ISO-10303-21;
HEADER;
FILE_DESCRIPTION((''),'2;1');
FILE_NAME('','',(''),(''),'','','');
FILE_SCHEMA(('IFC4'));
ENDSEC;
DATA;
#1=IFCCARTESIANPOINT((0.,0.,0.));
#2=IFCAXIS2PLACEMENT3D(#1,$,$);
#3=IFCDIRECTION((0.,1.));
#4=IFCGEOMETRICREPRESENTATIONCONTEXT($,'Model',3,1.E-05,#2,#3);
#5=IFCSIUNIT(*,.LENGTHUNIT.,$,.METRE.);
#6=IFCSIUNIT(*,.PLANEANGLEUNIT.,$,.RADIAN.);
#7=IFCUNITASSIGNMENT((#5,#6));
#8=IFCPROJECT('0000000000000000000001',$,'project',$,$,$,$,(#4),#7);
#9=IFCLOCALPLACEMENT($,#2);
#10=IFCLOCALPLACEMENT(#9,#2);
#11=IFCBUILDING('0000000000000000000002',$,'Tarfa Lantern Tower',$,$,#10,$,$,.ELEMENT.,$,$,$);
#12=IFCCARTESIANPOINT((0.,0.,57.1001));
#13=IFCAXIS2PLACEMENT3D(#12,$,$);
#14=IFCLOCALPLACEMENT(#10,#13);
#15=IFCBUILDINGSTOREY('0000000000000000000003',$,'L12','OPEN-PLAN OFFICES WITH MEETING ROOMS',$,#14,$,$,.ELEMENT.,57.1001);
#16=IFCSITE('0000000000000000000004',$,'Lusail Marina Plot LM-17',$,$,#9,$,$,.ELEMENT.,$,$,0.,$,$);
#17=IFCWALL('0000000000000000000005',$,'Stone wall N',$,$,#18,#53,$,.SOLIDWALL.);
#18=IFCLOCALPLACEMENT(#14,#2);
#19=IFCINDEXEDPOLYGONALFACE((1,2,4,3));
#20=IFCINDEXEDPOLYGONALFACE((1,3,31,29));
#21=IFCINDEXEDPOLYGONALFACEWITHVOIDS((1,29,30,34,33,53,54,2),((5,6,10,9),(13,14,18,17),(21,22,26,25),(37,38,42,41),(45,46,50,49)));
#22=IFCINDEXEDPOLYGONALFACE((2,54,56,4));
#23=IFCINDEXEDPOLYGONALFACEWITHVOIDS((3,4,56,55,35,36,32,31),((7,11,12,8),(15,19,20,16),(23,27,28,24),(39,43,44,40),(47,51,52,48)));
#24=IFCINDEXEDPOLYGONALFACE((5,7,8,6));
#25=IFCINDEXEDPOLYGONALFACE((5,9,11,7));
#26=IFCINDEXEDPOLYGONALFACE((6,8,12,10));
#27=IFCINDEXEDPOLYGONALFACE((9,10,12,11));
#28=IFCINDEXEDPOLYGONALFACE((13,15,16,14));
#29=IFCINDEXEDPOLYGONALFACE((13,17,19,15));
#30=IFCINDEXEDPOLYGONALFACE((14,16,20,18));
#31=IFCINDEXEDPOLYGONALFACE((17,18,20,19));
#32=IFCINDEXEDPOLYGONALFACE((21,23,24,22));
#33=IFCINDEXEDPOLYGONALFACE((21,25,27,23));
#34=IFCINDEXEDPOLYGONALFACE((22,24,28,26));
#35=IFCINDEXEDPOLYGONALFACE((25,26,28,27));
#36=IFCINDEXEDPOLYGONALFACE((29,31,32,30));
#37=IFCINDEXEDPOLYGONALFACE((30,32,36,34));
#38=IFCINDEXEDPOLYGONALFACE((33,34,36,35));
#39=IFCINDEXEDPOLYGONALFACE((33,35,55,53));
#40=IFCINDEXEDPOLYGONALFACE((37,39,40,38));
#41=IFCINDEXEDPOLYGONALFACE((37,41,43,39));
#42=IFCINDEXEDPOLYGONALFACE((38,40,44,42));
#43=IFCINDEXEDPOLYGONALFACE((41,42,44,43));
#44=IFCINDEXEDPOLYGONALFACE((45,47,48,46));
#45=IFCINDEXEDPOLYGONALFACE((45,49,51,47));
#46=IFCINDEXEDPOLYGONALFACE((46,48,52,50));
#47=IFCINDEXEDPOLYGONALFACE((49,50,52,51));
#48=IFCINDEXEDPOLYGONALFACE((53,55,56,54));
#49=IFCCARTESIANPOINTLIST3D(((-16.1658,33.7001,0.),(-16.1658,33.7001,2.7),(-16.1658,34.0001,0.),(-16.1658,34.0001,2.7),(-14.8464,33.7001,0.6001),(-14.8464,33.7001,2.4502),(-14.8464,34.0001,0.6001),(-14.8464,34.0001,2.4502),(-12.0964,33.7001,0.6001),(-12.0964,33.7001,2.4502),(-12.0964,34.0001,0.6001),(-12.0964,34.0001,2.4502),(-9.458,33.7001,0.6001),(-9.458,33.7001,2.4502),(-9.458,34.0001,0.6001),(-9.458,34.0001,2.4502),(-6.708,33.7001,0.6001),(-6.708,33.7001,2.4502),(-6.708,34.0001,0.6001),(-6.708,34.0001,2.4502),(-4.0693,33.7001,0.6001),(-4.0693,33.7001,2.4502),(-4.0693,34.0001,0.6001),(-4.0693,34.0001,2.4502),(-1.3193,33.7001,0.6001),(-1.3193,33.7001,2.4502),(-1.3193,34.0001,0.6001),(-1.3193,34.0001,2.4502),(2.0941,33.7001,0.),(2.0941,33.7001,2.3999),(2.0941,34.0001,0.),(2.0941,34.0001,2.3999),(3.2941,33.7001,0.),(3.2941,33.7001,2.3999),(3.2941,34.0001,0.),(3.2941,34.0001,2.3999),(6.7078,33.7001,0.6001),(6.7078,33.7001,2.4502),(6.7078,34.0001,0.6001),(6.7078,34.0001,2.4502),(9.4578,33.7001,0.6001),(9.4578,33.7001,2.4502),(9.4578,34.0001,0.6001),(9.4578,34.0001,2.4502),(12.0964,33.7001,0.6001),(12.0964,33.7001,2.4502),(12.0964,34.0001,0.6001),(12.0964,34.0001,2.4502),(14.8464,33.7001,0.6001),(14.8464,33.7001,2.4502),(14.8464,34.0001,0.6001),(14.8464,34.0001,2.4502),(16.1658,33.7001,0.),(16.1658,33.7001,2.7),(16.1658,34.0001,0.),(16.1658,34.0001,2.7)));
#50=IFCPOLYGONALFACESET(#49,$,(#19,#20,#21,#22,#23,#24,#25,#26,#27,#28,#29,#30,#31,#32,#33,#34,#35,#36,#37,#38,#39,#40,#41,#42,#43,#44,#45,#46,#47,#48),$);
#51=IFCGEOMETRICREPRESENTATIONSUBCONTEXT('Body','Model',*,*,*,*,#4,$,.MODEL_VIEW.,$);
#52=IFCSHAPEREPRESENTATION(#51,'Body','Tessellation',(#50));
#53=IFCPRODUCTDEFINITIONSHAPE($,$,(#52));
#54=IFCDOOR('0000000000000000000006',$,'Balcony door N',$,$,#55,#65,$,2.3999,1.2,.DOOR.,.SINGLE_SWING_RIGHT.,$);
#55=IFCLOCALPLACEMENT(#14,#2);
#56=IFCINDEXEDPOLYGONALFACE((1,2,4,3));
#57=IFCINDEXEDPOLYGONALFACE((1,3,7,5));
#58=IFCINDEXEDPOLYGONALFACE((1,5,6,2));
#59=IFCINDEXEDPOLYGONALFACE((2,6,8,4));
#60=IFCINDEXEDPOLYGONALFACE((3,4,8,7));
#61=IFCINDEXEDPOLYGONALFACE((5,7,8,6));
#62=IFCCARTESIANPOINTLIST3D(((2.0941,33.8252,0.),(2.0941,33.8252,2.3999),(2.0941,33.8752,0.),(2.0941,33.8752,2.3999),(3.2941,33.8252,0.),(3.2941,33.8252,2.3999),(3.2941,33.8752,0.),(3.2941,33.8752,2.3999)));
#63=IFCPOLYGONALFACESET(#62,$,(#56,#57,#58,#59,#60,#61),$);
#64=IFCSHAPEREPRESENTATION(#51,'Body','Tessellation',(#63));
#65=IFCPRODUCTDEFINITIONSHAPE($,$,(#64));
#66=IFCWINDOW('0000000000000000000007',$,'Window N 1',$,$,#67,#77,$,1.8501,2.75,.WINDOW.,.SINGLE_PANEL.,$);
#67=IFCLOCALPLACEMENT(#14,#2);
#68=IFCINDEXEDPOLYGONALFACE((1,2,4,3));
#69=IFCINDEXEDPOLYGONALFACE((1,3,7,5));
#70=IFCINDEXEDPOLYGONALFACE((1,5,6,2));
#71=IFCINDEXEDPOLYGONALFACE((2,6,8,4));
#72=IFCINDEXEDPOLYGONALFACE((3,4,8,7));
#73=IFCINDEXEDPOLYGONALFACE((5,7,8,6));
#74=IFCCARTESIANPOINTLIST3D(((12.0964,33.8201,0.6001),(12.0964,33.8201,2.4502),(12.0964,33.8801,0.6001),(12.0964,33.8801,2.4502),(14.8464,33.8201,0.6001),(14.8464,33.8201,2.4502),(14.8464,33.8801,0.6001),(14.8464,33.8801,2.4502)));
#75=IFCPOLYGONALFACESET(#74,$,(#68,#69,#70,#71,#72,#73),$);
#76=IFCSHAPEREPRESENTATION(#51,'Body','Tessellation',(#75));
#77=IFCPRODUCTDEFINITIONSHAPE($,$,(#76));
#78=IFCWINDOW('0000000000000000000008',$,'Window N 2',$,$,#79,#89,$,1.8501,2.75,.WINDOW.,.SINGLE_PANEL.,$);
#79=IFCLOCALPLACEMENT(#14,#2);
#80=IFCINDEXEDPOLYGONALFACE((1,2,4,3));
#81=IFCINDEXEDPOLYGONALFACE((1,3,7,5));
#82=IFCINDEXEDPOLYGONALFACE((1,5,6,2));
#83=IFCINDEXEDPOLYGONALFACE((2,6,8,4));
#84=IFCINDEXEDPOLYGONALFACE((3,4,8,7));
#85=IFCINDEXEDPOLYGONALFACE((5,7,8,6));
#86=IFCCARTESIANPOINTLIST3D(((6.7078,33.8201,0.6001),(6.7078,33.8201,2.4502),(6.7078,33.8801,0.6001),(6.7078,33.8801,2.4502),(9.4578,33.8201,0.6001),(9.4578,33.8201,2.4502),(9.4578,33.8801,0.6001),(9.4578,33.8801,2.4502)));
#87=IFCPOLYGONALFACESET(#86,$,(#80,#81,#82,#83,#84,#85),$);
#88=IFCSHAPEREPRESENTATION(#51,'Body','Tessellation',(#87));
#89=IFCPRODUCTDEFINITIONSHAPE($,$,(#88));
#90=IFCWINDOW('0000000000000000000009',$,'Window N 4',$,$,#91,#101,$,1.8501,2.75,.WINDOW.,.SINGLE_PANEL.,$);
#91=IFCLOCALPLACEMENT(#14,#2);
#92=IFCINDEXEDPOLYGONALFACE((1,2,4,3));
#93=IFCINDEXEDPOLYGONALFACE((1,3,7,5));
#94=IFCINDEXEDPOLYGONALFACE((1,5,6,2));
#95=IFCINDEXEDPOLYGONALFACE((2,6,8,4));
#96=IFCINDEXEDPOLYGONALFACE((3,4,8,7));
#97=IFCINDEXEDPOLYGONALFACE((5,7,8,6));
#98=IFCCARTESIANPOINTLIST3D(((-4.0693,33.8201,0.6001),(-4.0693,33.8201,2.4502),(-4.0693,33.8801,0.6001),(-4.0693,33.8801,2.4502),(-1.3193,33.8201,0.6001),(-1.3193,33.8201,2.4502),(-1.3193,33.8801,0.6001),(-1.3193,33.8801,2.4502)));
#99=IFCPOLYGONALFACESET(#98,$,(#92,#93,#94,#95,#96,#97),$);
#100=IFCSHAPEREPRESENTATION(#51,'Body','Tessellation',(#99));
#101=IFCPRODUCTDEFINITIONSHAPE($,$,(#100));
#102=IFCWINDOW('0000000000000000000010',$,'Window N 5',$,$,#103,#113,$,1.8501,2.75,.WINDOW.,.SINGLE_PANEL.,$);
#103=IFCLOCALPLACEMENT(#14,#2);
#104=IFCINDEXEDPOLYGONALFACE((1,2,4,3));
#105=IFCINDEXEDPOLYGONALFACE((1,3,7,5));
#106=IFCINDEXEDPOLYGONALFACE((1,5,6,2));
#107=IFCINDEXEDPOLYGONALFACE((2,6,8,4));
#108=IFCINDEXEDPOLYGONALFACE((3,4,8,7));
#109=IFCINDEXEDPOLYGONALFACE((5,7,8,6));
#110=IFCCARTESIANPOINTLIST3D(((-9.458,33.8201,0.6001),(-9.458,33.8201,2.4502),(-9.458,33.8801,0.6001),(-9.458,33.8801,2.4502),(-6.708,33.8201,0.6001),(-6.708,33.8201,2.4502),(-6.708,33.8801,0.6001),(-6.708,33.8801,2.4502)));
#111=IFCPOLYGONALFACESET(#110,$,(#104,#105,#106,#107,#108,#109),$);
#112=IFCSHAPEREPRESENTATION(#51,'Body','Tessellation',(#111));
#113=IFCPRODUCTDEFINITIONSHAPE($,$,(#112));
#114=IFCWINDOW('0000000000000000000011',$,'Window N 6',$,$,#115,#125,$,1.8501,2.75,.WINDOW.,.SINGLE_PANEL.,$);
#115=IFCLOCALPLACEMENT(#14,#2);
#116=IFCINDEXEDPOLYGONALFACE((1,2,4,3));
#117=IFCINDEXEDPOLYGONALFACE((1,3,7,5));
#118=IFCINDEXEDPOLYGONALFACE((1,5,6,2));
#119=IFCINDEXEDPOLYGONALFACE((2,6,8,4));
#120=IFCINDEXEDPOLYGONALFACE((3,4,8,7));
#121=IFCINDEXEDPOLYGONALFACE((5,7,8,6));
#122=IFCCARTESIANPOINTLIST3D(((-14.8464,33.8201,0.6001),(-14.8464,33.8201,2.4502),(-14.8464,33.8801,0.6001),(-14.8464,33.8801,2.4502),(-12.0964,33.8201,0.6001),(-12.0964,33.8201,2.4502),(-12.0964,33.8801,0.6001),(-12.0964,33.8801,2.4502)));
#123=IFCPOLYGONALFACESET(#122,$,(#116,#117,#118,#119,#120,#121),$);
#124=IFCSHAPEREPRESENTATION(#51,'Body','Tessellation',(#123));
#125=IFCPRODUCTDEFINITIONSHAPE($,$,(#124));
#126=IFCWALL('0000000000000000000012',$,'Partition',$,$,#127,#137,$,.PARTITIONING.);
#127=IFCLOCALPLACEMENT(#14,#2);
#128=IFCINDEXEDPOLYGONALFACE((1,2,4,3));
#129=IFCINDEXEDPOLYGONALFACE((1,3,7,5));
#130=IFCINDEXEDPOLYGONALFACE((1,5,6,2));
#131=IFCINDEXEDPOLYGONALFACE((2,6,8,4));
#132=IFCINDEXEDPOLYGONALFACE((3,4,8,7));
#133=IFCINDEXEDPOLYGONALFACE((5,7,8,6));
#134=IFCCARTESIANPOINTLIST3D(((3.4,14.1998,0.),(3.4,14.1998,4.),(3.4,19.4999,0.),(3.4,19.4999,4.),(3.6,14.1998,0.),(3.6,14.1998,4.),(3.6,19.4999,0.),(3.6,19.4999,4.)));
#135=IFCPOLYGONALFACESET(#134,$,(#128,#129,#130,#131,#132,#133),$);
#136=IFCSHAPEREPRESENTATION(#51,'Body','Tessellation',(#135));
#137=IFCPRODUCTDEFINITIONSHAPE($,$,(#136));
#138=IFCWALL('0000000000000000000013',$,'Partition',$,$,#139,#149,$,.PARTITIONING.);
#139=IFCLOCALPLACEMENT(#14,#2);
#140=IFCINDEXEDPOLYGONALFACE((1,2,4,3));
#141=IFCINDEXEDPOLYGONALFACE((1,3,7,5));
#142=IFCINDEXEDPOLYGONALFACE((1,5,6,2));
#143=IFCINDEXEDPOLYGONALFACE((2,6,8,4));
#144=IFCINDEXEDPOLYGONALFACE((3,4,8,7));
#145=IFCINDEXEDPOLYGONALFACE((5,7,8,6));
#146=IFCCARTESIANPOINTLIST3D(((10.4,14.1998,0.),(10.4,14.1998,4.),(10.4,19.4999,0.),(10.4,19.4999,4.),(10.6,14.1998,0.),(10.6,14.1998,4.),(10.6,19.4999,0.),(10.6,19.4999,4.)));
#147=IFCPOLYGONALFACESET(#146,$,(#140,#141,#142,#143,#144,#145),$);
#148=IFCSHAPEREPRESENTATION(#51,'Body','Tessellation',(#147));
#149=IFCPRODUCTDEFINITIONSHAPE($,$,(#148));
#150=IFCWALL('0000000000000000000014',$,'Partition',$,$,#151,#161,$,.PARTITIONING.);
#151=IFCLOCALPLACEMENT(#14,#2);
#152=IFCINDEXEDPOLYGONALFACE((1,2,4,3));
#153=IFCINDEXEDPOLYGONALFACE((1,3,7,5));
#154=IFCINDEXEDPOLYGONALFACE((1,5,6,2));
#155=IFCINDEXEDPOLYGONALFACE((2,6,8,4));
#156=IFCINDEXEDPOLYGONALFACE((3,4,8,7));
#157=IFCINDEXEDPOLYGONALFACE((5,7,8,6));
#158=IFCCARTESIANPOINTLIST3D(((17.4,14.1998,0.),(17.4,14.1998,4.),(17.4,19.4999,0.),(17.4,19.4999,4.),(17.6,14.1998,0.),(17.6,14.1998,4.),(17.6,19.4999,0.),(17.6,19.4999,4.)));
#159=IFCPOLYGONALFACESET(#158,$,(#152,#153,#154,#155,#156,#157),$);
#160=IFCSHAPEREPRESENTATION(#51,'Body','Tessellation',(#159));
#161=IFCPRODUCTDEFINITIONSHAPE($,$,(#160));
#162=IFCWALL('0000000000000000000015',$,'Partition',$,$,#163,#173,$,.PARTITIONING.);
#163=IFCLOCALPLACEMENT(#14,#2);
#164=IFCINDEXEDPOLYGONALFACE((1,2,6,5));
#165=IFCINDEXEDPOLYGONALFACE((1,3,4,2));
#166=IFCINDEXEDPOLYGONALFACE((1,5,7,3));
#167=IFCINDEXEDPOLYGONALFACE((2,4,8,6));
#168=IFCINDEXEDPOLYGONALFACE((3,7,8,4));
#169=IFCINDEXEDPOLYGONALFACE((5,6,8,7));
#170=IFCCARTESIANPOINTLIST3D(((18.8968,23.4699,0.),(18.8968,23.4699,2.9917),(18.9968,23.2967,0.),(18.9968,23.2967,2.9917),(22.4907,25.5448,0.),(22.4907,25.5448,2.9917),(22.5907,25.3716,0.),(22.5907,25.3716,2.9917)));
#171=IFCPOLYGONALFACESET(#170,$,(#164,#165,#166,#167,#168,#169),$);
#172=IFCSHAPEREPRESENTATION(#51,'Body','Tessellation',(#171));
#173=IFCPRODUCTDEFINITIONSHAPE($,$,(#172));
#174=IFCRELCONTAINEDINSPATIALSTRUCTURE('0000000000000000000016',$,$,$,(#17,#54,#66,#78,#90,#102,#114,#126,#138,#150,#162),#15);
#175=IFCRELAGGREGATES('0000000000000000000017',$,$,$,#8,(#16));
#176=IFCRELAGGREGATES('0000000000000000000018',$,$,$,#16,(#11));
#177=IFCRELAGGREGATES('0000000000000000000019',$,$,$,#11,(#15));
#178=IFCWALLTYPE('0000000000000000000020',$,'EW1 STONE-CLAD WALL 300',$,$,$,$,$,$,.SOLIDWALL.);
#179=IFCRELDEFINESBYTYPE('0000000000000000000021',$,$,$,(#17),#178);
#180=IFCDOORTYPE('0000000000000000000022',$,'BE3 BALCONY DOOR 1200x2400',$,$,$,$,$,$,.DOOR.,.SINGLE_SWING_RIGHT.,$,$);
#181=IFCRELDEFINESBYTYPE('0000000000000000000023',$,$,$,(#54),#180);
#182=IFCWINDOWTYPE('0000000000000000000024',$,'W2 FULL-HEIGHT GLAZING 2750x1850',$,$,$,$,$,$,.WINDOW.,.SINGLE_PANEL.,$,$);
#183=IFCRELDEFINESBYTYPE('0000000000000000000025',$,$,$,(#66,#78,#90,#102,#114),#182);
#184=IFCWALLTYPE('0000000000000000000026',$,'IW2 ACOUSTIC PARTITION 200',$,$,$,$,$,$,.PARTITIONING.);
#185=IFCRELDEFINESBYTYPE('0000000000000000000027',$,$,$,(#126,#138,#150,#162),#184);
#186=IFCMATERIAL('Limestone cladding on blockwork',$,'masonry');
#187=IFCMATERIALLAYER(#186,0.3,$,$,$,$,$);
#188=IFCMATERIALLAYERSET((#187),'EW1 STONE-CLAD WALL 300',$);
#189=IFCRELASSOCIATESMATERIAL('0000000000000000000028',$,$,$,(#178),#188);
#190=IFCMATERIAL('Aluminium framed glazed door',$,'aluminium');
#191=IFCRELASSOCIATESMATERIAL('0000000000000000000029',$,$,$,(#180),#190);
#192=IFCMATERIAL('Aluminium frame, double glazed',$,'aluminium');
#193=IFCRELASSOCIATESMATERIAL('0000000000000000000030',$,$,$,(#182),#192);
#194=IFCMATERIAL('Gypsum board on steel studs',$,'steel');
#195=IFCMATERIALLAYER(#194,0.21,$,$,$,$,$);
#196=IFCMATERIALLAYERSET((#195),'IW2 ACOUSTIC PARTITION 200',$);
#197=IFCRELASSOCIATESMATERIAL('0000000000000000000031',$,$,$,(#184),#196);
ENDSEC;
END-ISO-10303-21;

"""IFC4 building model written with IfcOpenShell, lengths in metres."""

from ifc_helpers import new_model, si_unit, direction, frame, frame_2d, origin, place, context, subcontext, project, spatial, rectangle, extrude, material, layer, layer_set, type_object, element, fill, save


model = new_model("IFC4")

# Units and contexts
model_context = context("Model", 3, precision=1e-05, world=origin(), true_north=direction((0.0, 1.0)))
body_context = subcontext(model_context, "Body", "Model", "MODEL_VIEW")
ifc_project = project(units=[si_unit("LENGTHUNIT", "METRE"), si_unit("PLANEANGLEUNIT", "RADIAN")], contexts=[model_context])

# Site, building, storey
site_placement = place(None, origin())
site = spatial("IfcSite", under=ifc_project, at=site_placement, Name="Lusail Marina Plot LM-17", CompositionType="ELEMENT", RefElevation=0.0)
building_placement = place(site_placement, origin())
building = spatial("IfcBuilding", under=site, at=building_placement, Name="Tarfa Lantern Tower", CompositionType="ELEMENT")
storey_placement = place(building_placement, frame((0.0, 0.0, 57.1001)))
storey = spatial("IfcBuildingStorey", under=building, at=storey_placement, Name="L12", Description="OPEN-PLAN OFFICES WITH MEETING ROOMS", CompositionType="ELEMENT", Elevation=57.1001)

# Wall, openings, door, windows
ifc_material_1 = material(Name="Limestone cladding on blockwork", Category="masonry")
ifc_layer_1 = layer(ifc_material_1, 0.3)
ifc_layer_set_1 = layer_set([ifc_layer_1], Name="EW1 STONE-CLAD WALL 300")
wall_type_1 = type_object("IfcWallType", Name="EW1 STONE-CLAD WALL 300", PredefinedType="SOLIDWALL", material=ifc_layer_set_1)
wall_1_placement = place(storey_placement, frame((16.1658, 33.8501, 0.0), z_axis=(0.0, 0.0, 1.0), x_axis=(-1.0, 0.0, 0.0)))
wall_1 = element("IfcWall", 1, at=wall_1_placement, inside=storey, type_object=wall_type_1, Name="Stone wall N", PredefinedType="SOLIDWALL", context=body_context, shape_type="SweptSolid", body=[
    extrude(rectangle(XDim=32.3315, YDim=0.3, at=frame_2d((16.1658, 0.0))), origin(), (0.0, 0.0, 1.0), 2.7),
])
opening_1_placement = place(wall_1_placement, frame((1.3193, 0.0, 0.6001)))
opening_1 = element("IfcOpeningElement", 2, at=opening_1_placement, cuts=wall_1, PredefinedType="OPENING", context=body_context, shape_type="SweptSolid", body=[
    extrude(rectangle(XDim=2.75, YDim=1.8501, at=frame_2d((1.375, 0.925))), frame((0.0, 0.1599, 0.0), z_axis=(0.0, -1.0, 0.0), x_axis=(1.0, 0.0, 0.0)), (0.0, 0.0, 1.0), 0.3201),
])
opening_2_placement = place(wall_1_placement, frame((6.708, 0.0, 0.6001)))
opening_2 = element("IfcOpeningElement", 3, at=opening_2_placement, cuts=wall_1, PredefinedType="OPENING", context=body_context, shape_type="SweptSolid", body=[
    extrude(rectangle(XDim=2.75, YDim=1.8501, at=frame_2d((1.375, 0.925))), frame((0.0, 0.1599, 0.0), z_axis=(0.0, -1.0, 0.0), x_axis=(1.0, 0.0, 0.0)), (0.0, 0.0, 1.0), 0.3201),
])
opening_3_placement = place(wall_1_placement, frame((12.8716, 0.0, 0.0)))
opening_3 = element("IfcOpeningElement", 4, at=opening_3_placement, cuts=wall_1, PredefinedType="OPENING", context=body_context, shape_type="SweptSolid", body=[
    extrude(rectangle(XDim=1.2, YDim=2.3999, at=frame_2d((0.6001, 1.2))), frame((0.0, 0.1599, 0.0), z_axis=(0.0, -1.0, 0.0), x_axis=(1.0, 0.0, 0.0)), (0.0, 0.0, 1.0), 0.3201),
])
opening_4_placement = place(wall_1_placement, frame((17.4851, 0.0, 0.6001)))
opening_4 = element("IfcOpeningElement", 5, at=opening_4_placement, cuts=wall_1, PredefinedType="OPENING", context=body_context, shape_type="SweptSolid", body=[
    extrude(rectangle(XDim=2.75, YDim=1.8501, at=frame_2d((1.375, 0.925))), frame((0.0, 0.1599, 0.0), z_axis=(0.0, -1.0, 0.0), x_axis=(1.0, 0.0, 0.0)), (0.0, 0.0, 1.0), 0.3201),
])
opening_5_placement = place(wall_1_placement, frame((22.8738, 0.0, 0.6001)))
opening_5 = element("IfcOpeningElement", 6, at=opening_5_placement, cuts=wall_1, PredefinedType="OPENING", context=body_context, shape_type="SweptSolid", body=[
    extrude(rectangle(XDim=2.75, YDim=1.8501, at=frame_2d((1.375, 0.925))), frame((0.0, 0.1599, 0.0), z_axis=(0.0, -1.0, 0.0), x_axis=(1.0, 0.0, 0.0)), (0.0, 0.0, 1.0), 0.3201),
])
opening_6_placement = place(wall_1_placement, frame((28.2622, 0.0, 0.6001)))
opening_6 = element("IfcOpeningElement", 7, at=opening_6_placement, cuts=wall_1, PredefinedType="OPENING", context=body_context, shape_type="SweptSolid", body=[
    extrude(rectangle(XDim=2.75, YDim=1.8501, at=frame_2d((1.375, 0.925))), frame((0.0, 0.1599, 0.0), z_axis=(0.0, -1.0, 0.0), x_axis=(1.0, 0.0, 0.0)), (0.0, 0.0, 1.0), 0.3201),
])
ifc_material_2 = material(Name="Aluminium framed glazed door", Category="aluminium")
door_type = type_object("IfcDoorType", Name="BE3 BALCONY DOOR 1200x2400", OperationType="SINGLE_SWING_RIGHT", PredefinedType="DOOR", material=ifc_material_2)
door_placement = place(opening_3_placement, origin())
door = element("IfcDoor", 8, at=door_placement, inside=storey, type_object=door_type, Name="Balcony door N", OperationType="SINGLE_SWING_RIGHT", OverallHeight=2.3999, OverallWidth=1.2, PredefinedType="DOOR", context=body_context, shape_type="SweptSolid", body=[
    extrude(rectangle(XDim=1.2, YDim=2.3999, at=frame_2d((0.6001, 1.2))), frame((0.0, 0.0249, 0.0), z_axis=(0.0, -1.0, 0.0), x_axis=(1.0, 0.0, 0.0)), (0.0, 0.0, 1.0), 0.05),
])
fill(opening_3, door)
ifc_material_3 = material(Name="Aluminium frame, double glazed", Category="aluminium")
window_type = type_object("IfcWindowType", Name="W2 FULL-HEIGHT GLAZING 2750x1850", PartitioningType="SINGLE_PANEL", PredefinedType="WINDOW", material=ifc_material_3)
window_1_placement = place(opening_1_placement, origin())
window_1 = element("IfcWindow", 9, at=window_1_placement, inside=storey, type_object=window_type, Name="Window N 1", OverallHeight=1.8501, OverallWidth=2.75, PartitioningType="SINGLE_PANEL", PredefinedType="WINDOW", context=body_context, shape_type="SweptSolid", body=[
    extrude(rectangle(XDim=2.75, YDim=1.8501, at=frame_2d((1.375, 0.925))), frame((0.0, 0.03, 0.0), z_axis=(0.0, -1.0, 0.0), x_axis=(1.0, 0.0, 0.0)), (0.0, 0.0, 1.0), 0.0601),
])
fill(opening_1, window_1)
window_2_placement = place(opening_2_placement, origin())
window_2 = element("IfcWindow", 10, at=window_2_placement, inside=storey, type_object=window_type, Name="Window N 2", OverallHeight=1.8501, OverallWidth=2.75, PartitioningType="SINGLE_PANEL", PredefinedType="WINDOW", context=body_context, shape_type="SweptSolid", body=[
    extrude(rectangle(XDim=2.75, YDim=1.8501, at=frame_2d((1.375, 0.925))), frame((0.0, 0.03, 0.0), z_axis=(0.0, -1.0, 0.0), x_axis=(1.0, 0.0, 0.0)), (0.0, 0.0, 1.0), 0.0601),
])
fill(opening_2, window_2)
window_3_placement = place(opening_4_placement, origin())
window_3 = element("IfcWindow", 11, at=window_3_placement, inside=storey, type_object=window_type, Name="Window N 4", OverallHeight=1.8501, OverallWidth=2.75, PartitioningType="SINGLE_PANEL", PredefinedType="WINDOW", context=body_context, shape_type="SweptSolid", body=[
    extrude(rectangle(XDim=2.75, YDim=1.8501, at=frame_2d((1.375, 0.925))), frame((0.0, 0.03, 0.0), z_axis=(0.0, -1.0, 0.0), x_axis=(1.0, 0.0, 0.0)), (0.0, 0.0, 1.0), 0.0601),
])
fill(opening_4, window_3)
window_4_placement = place(opening_5_placement, origin())
window_4 = element("IfcWindow", 12, at=window_4_placement, inside=storey, type_object=window_type, Name="Window N 5", OverallHeight=1.8501, OverallWidth=2.75, PartitioningType="SINGLE_PANEL", PredefinedType="WINDOW", context=body_context, shape_type="SweptSolid", body=[
    extrude(rectangle(XDim=2.75, YDim=1.8501, at=frame_2d((1.375, 0.925))), frame((0.0, 0.03, 0.0), z_axis=(0.0, -1.0, 0.0), x_axis=(1.0, 0.0, 0.0)), (0.0, 0.0, 1.0), 0.0601),
])
fill(opening_5, window_4)
window_5_placement = place(opening_6_placement, origin())
window_5 = element("IfcWindow", 13, at=window_5_placement, inside=storey, type_object=window_type, Name="Window N 6", OverallHeight=1.8501, OverallWidth=2.75, PartitioningType="SINGLE_PANEL", PredefinedType="WINDOW", context=body_context, shape_type="SweptSolid", body=[
    extrude(rectangle(XDim=2.75, YDim=1.8501, at=frame_2d((1.375, 0.925))), frame((0.0, 0.03, 0.0), z_axis=(0.0, -1.0, 0.0), x_axis=(1.0, 0.0, 0.0)), (0.0, 0.0, 1.0), 0.0601),
])
fill(opening_6, window_5)

# Walls
ifc_material_4 = material(Name="Gypsum board on steel studs", Category="steel")
ifc_layer_2 = layer(ifc_material_4, 0.21)
ifc_layer_set_2 = layer_set([ifc_layer_2], Name="IW2 ACOUSTIC PARTITION 200")
wall_type_2 = type_object("IfcWallType", Name="IW2 ACOUSTIC PARTITION 200", PredefinedType="PARTITIONING", material=ifc_layer_set_2)
for number, where, z_axis, x_axis, name in (
    (14, (3.5, 14.2, 0.0), (0.0, 0.0, 1.0), (0.0, 1.0, 0.0), "Partition"),
    (15, (10.5, 14.2, 0.0), (0.0, 0.0, 1.0), (0.0, 1.0, 0.0), "Partition"),
    (16, (17.5, 14.2, 0.0), (0.0, 0.0, 1.0), (0.0, 1.0, 0.0), "Partition"),
):
    element("IfcWall", number, at=place(storey_placement, frame(where, z_axis=z_axis, x_axis=x_axis)), inside=storey, type_object=wall_type_2, Name=name, PredefinedType="PARTITIONING", context=body_context, shape_type="SweptSolid", body=[
        extrude(rectangle(XDim=5.3, YDim=0.2, at=frame_2d((2.6499, 0.0))), origin(), (0.0, 0.0, 1.0), 4.0),
    ])
wall_2_placement = place(storey_placement, frame((18.9468, 23.3833, 0.0), z_axis=(0.0, 0.0, 1.0), x_axis=(0.86603, 0.499992, 0.0)))
element("IfcWall", 17, at=wall_2_placement, inside=storey, type_object=wall_type_2, Name="Partition", PredefinedType="PARTITIONING", context=body_context, shape_type="SweptSolid", body=[
    extrude(rectangle(XDim=4.1499, YDim=0.2, at=frame_2d((2.075, 0.0))), origin(), (0.0, 0.0, 1.0), 2.9917),
])

save(model, "model.ifc")
